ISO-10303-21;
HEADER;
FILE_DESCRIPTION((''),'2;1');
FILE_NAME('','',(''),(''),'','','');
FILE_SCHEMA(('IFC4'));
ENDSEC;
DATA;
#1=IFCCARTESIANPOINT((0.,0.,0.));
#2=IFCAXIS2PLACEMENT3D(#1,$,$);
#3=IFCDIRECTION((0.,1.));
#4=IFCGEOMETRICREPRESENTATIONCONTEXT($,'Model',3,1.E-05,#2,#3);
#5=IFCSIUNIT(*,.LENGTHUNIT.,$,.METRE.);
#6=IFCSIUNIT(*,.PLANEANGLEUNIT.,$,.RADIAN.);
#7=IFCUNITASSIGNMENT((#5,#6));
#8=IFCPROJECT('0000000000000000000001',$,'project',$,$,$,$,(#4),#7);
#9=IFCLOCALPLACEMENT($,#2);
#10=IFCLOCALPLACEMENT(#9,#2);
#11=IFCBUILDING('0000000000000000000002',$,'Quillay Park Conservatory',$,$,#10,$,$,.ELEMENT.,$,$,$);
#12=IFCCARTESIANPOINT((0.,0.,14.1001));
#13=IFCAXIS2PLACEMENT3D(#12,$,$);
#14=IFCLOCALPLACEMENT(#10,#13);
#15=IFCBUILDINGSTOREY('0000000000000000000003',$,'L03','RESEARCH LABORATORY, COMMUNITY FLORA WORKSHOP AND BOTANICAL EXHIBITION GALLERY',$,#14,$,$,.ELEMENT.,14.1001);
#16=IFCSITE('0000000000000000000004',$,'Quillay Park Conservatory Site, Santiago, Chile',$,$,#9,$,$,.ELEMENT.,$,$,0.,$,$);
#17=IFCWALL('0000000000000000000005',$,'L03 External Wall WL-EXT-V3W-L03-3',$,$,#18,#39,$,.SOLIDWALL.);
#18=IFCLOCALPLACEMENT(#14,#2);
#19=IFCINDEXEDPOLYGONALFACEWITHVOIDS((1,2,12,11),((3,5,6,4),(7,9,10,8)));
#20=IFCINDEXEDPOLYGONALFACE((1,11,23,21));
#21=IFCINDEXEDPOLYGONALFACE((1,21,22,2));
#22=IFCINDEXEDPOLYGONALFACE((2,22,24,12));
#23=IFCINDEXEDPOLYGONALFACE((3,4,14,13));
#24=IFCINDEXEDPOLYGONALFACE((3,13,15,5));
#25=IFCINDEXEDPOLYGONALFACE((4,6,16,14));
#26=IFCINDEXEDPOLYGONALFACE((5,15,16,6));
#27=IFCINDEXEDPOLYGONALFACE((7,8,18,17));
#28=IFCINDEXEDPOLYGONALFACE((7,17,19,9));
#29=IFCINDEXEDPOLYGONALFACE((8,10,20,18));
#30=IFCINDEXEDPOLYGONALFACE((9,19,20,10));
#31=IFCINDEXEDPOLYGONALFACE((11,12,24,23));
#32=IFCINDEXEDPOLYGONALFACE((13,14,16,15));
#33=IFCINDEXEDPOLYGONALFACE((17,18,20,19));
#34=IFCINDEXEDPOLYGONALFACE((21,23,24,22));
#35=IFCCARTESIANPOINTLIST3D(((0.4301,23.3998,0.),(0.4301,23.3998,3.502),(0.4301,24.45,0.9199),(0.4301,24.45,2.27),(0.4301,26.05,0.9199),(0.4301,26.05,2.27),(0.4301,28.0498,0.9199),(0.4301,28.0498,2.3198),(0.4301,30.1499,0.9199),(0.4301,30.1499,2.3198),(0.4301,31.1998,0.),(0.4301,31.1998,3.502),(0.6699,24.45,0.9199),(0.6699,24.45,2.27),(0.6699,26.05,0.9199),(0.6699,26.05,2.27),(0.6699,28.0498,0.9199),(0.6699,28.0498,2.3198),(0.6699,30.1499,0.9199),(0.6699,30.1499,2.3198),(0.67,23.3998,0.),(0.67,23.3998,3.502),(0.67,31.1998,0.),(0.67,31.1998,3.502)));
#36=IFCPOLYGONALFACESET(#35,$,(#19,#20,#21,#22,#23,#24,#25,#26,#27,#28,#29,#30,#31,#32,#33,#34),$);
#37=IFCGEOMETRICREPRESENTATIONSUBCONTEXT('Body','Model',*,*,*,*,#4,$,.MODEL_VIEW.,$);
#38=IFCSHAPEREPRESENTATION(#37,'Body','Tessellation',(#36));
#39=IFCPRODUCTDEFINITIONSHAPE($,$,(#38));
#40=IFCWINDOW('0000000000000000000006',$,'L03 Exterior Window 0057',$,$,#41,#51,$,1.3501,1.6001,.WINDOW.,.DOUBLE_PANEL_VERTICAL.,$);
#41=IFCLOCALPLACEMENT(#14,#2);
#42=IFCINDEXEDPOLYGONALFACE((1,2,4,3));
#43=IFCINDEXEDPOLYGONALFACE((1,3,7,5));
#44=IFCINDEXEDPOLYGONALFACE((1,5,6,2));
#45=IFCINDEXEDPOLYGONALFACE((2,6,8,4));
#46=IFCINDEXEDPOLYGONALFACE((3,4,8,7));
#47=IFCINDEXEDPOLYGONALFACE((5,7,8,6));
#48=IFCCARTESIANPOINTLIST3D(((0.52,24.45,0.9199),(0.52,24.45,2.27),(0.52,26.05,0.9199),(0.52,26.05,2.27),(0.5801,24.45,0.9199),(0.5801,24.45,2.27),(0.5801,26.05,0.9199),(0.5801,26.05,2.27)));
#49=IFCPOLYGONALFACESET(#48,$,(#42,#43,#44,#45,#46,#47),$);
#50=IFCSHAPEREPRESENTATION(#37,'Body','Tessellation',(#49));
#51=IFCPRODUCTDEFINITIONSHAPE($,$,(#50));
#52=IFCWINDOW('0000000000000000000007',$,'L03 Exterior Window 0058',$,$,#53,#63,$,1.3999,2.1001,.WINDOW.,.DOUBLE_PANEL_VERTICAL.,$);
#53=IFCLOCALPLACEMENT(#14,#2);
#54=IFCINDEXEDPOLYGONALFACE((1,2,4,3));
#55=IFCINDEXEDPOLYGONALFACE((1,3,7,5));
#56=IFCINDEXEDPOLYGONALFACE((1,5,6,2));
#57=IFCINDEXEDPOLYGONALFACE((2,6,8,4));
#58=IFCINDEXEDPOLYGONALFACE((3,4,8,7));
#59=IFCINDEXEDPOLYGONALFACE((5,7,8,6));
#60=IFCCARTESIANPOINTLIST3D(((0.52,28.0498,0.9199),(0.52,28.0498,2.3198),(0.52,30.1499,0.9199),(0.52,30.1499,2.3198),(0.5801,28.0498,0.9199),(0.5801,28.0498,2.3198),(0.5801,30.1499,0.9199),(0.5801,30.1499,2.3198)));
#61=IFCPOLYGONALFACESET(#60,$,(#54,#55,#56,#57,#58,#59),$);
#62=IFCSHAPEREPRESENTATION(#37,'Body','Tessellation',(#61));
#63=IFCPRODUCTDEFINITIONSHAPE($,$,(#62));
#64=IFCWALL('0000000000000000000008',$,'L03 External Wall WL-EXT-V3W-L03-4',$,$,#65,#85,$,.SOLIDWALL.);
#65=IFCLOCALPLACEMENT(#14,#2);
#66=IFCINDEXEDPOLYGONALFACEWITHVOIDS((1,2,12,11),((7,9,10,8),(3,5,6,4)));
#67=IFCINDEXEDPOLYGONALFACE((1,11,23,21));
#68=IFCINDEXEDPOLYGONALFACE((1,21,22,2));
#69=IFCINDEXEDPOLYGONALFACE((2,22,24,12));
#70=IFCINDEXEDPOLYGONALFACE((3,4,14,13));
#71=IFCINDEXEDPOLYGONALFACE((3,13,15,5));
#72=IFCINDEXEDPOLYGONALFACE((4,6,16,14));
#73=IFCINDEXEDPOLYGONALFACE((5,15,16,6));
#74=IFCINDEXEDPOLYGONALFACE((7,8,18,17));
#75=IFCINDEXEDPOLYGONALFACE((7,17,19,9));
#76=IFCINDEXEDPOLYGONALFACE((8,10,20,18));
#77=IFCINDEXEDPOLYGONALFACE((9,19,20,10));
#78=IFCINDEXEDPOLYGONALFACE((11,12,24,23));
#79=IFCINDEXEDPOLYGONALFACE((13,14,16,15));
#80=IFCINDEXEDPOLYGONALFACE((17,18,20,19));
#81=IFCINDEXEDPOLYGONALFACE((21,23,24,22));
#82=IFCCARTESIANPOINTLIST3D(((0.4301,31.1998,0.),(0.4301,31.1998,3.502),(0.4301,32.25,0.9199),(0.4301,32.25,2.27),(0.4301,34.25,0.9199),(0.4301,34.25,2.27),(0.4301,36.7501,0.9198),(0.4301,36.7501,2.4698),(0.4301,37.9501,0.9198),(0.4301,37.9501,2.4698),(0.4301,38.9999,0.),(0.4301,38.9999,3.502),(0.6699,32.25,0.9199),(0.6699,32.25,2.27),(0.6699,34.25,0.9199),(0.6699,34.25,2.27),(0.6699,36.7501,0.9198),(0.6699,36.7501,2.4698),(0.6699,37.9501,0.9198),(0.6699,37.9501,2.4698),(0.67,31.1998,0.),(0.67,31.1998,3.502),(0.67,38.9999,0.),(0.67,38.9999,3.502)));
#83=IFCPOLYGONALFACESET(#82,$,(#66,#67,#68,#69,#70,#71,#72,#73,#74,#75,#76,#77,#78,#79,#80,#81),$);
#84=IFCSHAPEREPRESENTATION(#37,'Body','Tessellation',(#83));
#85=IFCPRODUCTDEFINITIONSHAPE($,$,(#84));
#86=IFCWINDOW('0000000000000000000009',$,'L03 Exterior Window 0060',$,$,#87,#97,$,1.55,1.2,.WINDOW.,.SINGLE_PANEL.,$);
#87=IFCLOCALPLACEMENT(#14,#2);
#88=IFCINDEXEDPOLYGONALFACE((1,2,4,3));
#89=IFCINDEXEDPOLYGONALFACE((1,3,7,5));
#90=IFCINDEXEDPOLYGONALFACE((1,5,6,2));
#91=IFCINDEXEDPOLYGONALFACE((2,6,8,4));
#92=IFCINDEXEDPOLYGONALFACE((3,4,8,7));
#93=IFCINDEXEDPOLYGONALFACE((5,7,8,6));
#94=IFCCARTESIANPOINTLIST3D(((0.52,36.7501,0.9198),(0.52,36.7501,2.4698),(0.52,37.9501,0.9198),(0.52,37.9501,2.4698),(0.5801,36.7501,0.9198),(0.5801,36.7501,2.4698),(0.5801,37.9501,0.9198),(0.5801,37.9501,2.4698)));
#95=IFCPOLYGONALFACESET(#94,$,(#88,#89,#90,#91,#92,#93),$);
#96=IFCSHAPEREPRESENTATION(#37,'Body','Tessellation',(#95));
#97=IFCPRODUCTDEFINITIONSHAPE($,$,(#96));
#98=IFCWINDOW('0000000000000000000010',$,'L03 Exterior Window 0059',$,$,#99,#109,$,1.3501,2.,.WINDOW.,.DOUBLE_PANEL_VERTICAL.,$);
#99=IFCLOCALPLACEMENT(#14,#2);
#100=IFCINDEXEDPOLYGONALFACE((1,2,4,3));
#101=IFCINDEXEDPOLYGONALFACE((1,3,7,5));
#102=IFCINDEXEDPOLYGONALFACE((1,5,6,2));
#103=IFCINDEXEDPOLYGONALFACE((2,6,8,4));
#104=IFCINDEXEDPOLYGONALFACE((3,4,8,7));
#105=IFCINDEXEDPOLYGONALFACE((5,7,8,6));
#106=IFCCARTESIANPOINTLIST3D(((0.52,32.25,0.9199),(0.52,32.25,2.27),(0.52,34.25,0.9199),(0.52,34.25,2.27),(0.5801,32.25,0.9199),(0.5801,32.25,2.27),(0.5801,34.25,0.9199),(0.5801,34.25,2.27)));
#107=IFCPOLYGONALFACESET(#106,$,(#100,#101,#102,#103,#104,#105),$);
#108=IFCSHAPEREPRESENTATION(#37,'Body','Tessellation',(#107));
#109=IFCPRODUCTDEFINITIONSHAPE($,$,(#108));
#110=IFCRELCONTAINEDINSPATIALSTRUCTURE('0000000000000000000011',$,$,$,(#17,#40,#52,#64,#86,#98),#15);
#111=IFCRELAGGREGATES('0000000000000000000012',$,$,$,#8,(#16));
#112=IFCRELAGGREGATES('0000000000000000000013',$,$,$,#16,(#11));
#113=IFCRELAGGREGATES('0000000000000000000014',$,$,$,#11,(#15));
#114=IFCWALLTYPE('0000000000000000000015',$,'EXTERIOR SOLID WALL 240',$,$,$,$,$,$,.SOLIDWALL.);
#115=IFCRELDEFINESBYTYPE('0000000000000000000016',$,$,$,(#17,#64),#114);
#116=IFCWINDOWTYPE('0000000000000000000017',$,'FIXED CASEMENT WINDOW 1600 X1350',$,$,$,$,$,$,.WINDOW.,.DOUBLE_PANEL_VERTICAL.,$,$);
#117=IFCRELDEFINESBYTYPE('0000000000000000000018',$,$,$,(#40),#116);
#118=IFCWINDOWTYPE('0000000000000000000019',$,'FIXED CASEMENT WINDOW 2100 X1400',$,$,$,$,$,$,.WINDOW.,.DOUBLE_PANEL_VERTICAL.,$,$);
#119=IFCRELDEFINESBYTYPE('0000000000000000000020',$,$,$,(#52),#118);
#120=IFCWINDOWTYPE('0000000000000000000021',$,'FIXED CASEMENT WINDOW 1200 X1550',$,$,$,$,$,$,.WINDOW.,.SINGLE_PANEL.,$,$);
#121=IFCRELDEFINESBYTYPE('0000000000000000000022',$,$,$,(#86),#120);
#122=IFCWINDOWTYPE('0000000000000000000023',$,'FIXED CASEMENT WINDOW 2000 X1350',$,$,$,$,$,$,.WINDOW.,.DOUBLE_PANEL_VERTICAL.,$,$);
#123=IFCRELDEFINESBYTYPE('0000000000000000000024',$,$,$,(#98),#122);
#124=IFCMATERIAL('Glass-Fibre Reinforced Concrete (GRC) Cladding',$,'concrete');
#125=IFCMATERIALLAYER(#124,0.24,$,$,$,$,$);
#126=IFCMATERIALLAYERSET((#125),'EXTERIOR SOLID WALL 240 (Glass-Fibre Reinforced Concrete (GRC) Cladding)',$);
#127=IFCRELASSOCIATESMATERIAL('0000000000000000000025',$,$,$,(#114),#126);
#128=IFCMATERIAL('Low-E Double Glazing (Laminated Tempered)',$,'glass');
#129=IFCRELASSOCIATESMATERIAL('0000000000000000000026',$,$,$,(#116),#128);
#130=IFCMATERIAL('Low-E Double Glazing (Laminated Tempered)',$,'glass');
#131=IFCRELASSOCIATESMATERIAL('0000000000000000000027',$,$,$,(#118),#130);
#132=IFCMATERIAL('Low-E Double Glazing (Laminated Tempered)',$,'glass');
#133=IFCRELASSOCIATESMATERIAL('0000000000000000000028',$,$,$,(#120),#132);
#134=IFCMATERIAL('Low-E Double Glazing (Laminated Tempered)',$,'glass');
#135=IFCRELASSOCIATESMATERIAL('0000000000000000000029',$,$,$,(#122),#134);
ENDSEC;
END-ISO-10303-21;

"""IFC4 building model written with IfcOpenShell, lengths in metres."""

from ifc_helpers import new_model, si_unit, direction, frame, frame_2d, origin, place, context, subcontext, project, spatial, rectangle, extrude, material, layer, layer_set, type_object, element, fill, save


model = new_model("IFC4")

# Units and contexts
model_context = context("Model", 3, precision=1e-05, world=origin(), true_north=direction((0.0, 1.0)))
body_context = subcontext(model_context, "Body", "Model", "MODEL_VIEW")
ifc_project = project(units=[si_unit("LENGTHUNIT", "METRE"), si_unit("PLANEANGLEUNIT", "RADIAN")], contexts=[model_context])

# Site, building, storey
site_placement = place(None, origin())
site = spatial("IfcSite", under=ifc_project, at=site_placement, Name="Quillay Park Conservatory Site, Santiago, Chile", CompositionType="ELEMENT", RefElevation=0.0)
building_placement = place(site_placement, origin())
building = spatial("IfcBuilding", under=site, at=building_placement, Name="Quillay Park Conservatory", CompositionType="ELEMENT")
storey_placement = place(building_placement, frame((0.0, 0.0, 14.1001)))
storey = spatial("IfcBuildingStorey", under=building, at=storey_placement, Name="L03", Description="RESEARCH LABORATORY, COMMUNITY FLORA WORKSHOP AND BOTANICAL EXHIBITION GALLERY", CompositionType="ELEMENT", Elevation=14.1001)

# Walls, openings, windows
ifc_material_1 = material(Name="Glass-Fibre Reinforced Concrete (GRC) Cladding", Category="concrete")
ifc_layer = layer(ifc_material_1, 0.24)
ifc_layer_set = layer_set([ifc_layer], Name="EXTERIOR SOLID WALL 240 (Glass-Fibre Reinforced Concrete (GRC) Cladding)")
wall_type = type_object("IfcWallType", Name="EXTERIOR SOLID WALL 240", PredefinedType="SOLIDWALL", material=ifc_layer_set)
wall_1_placement = place(storey_placement, frame((0.55, 23.3999, 0.0), z_axis=(0.0, 0.0, 1.0), x_axis=(0.0, 1.0, 0.0)))
wall_1 = element("IfcWall", 1, at=wall_1_placement, inside=storey, type_object=wall_type, Name="L03 External Wall WL-EXT-V3W-L03-3", PredefinedType="SOLIDWALL", context=body_context, shape_type="SweptSolid", body=[
    extrude(rectangle(XDim=7.8, YDim=0.24, at=frame_2d((3.8999, 0.0))), origin(), (0.0, 0.0, 1.0), 3.502),
])
opening_1_placement = place(wall_1_placement, frame((1.05, 0.0, 0.9199)))
opening_1 = element("IfcOpeningElement", 2, at=opening_1_placement, cuts=wall_1, PredefinedType="OPENING", context=body_context, shape_type="SweptSolid", body=[
    extrude(rectangle(XDim=1.6001, YDim=1.3501, at=frame_2d((0.8, 0.675))), frame((0.0, 0.1201, 0.0), z_axis=(0.0, -1.0, 0.0), x_axis=(1.0, 0.0, 0.0)), (0.0, 0.0, 1.0), 0.24),
])
opening_2_placement = place(wall_1_placement, frame((4.6499, 0.0, 0.9199)))
opening_2 = element("IfcOpeningElement", 3, at=opening_2_placement, cuts=wall_1, PredefinedType="OPENING", context=body_context, shape_type="SweptSolid", body=[
    extrude(rectangle(XDim=2.1001, YDim=1.3999, at=frame_2d((1.05, 0.7))), frame((0.0, 0.1201, 0.0), z_axis=(0.0, -1.0, 0.0), x_axis=(1.0, 0.0, 0.0)), (0.0, 0.0, 1.0), 0.24),
])
ifc_material_2 = material(Name="Low-E Double Glazing (Laminated Tempered)", Category="glass")
window_type_1 = type_object("IfcWindowType", Name="FIXED CASEMENT WINDOW 1600 X1350", PartitioningType="DOUBLE_PANEL_VERTICAL", PredefinedType="WINDOW", material=ifc_material_2)
window_1_placement = place(opening_1_placement, origin())
window_1 = element("IfcWindow", 4, at=window_1_placement, inside=storey, type_object=window_type_1, Name="L03 Exterior Window 0057", OverallHeight=1.3501, OverallWidth=1.6001, PartitioningType="DOUBLE_PANEL_VERTICAL", PredefinedType="WINDOW", context=body_context, shape_type="SweptSolid", body=[
    extrude(rectangle(XDim=1.6001, YDim=1.3501, at=frame_2d((0.8, 0.675))), frame((0.0, 0.03, 0.0), z_axis=(0.0, -1.0, 0.0), x_axis=(1.0, 0.0, 0.0)), (0.0, 0.0, 1.0), 0.0601),
])
fill(opening_1, window_1)
ifc_material_3 = material(Name="Low-E Double Glazing (Laminated Tempered)", Category="glass")
window_type_2 = type_object("IfcWindowType", Name="FIXED CASEMENT WINDOW 2100 X1400", PartitioningType="DOUBLE_PANEL_VERTICAL", PredefinedType="WINDOW", material=ifc_material_3)
window_2_placement = place(opening_2_placement, origin())
window_2 = element("IfcWindow", 5, at=window_2_placement, inside=storey, type_object=window_type_2, Name="L03 Exterior Window 0058", OverallHeight=1.3999, OverallWidth=2.1001, PartitioningType="DOUBLE_PANEL_VERTICAL", PredefinedType="WINDOW", context=body_context, shape_type="SweptSolid", body=[
    extrude(rectangle(XDim=2.1001, YDim=1.3999, at=frame_2d((1.05, 0.7))), frame((0.0, 0.03, 0.0), z_axis=(0.0, -1.0, 0.0), x_axis=(1.0, 0.0, 0.0)), (0.0, 0.0, 1.0), 0.0601),
])
fill(opening_2, window_2)
wall_2_placement = place(storey_placement, frame((0.55, 31.2, 0.0), z_axis=(0.0, 0.0, 1.0), x_axis=(0.0, 1.0, 0.0)))
wall_2 = element("IfcWall", 6, at=wall_2_placement, inside=storey, type_object=wall_type, Name="L03 External Wall WL-EXT-V3W-L03-4", PredefinedType="SOLIDWALL", context=body_context, shape_type="SweptSolid", body=[
    extrude(rectangle(XDim=7.8, YDim=0.24, at=frame_2d((3.8999, 0.0))), origin(), (0.0, 0.0, 1.0), 3.502),
])
opening_3_placement = place(wall_2_placement, frame((1.05, 0.0, 0.9199)))
opening_3 = element("IfcOpeningElement", 7, at=opening_3_placement, cuts=wall_2, PredefinedType="OPENING", context=body_context, shape_type="SweptSolid", body=[
    extrude(rectangle(XDim=2.0, YDim=1.3501, at=frame_2d((1.0, 0.675))), frame((0.0, 0.1201, 0.0), z_axis=(0.0, -1.0, 0.0), x_axis=(1.0, 0.0, 0.0)), (0.0, 0.0, 1.0), 0.24),
])
opening_4_placement = place(wall_2_placement, frame((5.55, 0.0, 0.9199)))
opening_4 = element("IfcOpeningElement", 8, at=opening_4_placement, cuts=wall_2, PredefinedType="OPENING", context=body_context, shape_type="SweptSolid", body=[
    extrude(rectangle(XDim=1.2, YDim=1.55, at=frame_2d((0.6001, 0.7749))), frame((0.0, 0.1201, 0.0), z_axis=(0.0, -1.0, 0.0), x_axis=(1.0, 0.0, 0.0)), (0.0, 0.0, 1.0), 0.24),
])
ifc_material_4 = material(Name="Low-E Double Glazing (Laminated Tempered)", Category="glass")
window_type_3 = type_object("IfcWindowType", Name="FIXED CASEMENT WINDOW 1200 X1550", PartitioningType="SINGLE_PANEL", PredefinedType="WINDOW", material=ifc_material_4)
window_3_placement = place(opening_4_placement, origin())
window_3 = element("IfcWindow", 9, at=window_3_placement, inside=storey, type_object=window_type_3, Name="L03 Exterior Window 0060", OverallHeight=1.55, OverallWidth=1.2, PartitioningType="SINGLE_PANEL", PredefinedType="WINDOW", context=body_context, shape_type="SweptSolid", body=[
    extrude(rectangle(XDim=1.2, YDim=1.55, at=frame_2d((0.6001, 0.7749))), frame((0.0, 0.03, 0.0), z_axis=(0.0, -1.0, 0.0), x_axis=(1.0, 0.0, 0.0)), (0.0, 0.0, 1.0), 0.0601),
])
fill(opening_4, window_3)
ifc_material_5 = material(Name="Low-E Double Glazing (Laminated Tempered)", Category="glass")
window_type_4 = type_object("IfcWindowType", Name="FIXED CASEMENT WINDOW 2000 X1350", PartitioningType="DOUBLE_PANEL_VERTICAL", PredefinedType="WINDOW", material=ifc_material_5)
window_4_placement = place(opening_3_placement, origin())
window_4 = element("IfcWindow", 10, at=window_4_placement, inside=storey, type_object=window_type_4, Name="L03 Exterior Window 0059", OverallHeight=1.3501, OverallWidth=2.0, PartitioningType="DOUBLE_PANEL_VERTICAL", PredefinedType="WINDOW", context=body_context, shape_type="SweptSolid", body=[
    extrude(rectangle(XDim=2.0, YDim=1.3501, at=frame_2d((1.0, 0.675))), frame((0.0, 0.03, 0.0), z_axis=(0.0, -1.0, 0.0), x_axis=(1.0, 0.0, 0.0)), (0.0, 0.0, 1.0), 0.0601),
])
fill(opening_3, window_4)

save(model, "model.ifc")
